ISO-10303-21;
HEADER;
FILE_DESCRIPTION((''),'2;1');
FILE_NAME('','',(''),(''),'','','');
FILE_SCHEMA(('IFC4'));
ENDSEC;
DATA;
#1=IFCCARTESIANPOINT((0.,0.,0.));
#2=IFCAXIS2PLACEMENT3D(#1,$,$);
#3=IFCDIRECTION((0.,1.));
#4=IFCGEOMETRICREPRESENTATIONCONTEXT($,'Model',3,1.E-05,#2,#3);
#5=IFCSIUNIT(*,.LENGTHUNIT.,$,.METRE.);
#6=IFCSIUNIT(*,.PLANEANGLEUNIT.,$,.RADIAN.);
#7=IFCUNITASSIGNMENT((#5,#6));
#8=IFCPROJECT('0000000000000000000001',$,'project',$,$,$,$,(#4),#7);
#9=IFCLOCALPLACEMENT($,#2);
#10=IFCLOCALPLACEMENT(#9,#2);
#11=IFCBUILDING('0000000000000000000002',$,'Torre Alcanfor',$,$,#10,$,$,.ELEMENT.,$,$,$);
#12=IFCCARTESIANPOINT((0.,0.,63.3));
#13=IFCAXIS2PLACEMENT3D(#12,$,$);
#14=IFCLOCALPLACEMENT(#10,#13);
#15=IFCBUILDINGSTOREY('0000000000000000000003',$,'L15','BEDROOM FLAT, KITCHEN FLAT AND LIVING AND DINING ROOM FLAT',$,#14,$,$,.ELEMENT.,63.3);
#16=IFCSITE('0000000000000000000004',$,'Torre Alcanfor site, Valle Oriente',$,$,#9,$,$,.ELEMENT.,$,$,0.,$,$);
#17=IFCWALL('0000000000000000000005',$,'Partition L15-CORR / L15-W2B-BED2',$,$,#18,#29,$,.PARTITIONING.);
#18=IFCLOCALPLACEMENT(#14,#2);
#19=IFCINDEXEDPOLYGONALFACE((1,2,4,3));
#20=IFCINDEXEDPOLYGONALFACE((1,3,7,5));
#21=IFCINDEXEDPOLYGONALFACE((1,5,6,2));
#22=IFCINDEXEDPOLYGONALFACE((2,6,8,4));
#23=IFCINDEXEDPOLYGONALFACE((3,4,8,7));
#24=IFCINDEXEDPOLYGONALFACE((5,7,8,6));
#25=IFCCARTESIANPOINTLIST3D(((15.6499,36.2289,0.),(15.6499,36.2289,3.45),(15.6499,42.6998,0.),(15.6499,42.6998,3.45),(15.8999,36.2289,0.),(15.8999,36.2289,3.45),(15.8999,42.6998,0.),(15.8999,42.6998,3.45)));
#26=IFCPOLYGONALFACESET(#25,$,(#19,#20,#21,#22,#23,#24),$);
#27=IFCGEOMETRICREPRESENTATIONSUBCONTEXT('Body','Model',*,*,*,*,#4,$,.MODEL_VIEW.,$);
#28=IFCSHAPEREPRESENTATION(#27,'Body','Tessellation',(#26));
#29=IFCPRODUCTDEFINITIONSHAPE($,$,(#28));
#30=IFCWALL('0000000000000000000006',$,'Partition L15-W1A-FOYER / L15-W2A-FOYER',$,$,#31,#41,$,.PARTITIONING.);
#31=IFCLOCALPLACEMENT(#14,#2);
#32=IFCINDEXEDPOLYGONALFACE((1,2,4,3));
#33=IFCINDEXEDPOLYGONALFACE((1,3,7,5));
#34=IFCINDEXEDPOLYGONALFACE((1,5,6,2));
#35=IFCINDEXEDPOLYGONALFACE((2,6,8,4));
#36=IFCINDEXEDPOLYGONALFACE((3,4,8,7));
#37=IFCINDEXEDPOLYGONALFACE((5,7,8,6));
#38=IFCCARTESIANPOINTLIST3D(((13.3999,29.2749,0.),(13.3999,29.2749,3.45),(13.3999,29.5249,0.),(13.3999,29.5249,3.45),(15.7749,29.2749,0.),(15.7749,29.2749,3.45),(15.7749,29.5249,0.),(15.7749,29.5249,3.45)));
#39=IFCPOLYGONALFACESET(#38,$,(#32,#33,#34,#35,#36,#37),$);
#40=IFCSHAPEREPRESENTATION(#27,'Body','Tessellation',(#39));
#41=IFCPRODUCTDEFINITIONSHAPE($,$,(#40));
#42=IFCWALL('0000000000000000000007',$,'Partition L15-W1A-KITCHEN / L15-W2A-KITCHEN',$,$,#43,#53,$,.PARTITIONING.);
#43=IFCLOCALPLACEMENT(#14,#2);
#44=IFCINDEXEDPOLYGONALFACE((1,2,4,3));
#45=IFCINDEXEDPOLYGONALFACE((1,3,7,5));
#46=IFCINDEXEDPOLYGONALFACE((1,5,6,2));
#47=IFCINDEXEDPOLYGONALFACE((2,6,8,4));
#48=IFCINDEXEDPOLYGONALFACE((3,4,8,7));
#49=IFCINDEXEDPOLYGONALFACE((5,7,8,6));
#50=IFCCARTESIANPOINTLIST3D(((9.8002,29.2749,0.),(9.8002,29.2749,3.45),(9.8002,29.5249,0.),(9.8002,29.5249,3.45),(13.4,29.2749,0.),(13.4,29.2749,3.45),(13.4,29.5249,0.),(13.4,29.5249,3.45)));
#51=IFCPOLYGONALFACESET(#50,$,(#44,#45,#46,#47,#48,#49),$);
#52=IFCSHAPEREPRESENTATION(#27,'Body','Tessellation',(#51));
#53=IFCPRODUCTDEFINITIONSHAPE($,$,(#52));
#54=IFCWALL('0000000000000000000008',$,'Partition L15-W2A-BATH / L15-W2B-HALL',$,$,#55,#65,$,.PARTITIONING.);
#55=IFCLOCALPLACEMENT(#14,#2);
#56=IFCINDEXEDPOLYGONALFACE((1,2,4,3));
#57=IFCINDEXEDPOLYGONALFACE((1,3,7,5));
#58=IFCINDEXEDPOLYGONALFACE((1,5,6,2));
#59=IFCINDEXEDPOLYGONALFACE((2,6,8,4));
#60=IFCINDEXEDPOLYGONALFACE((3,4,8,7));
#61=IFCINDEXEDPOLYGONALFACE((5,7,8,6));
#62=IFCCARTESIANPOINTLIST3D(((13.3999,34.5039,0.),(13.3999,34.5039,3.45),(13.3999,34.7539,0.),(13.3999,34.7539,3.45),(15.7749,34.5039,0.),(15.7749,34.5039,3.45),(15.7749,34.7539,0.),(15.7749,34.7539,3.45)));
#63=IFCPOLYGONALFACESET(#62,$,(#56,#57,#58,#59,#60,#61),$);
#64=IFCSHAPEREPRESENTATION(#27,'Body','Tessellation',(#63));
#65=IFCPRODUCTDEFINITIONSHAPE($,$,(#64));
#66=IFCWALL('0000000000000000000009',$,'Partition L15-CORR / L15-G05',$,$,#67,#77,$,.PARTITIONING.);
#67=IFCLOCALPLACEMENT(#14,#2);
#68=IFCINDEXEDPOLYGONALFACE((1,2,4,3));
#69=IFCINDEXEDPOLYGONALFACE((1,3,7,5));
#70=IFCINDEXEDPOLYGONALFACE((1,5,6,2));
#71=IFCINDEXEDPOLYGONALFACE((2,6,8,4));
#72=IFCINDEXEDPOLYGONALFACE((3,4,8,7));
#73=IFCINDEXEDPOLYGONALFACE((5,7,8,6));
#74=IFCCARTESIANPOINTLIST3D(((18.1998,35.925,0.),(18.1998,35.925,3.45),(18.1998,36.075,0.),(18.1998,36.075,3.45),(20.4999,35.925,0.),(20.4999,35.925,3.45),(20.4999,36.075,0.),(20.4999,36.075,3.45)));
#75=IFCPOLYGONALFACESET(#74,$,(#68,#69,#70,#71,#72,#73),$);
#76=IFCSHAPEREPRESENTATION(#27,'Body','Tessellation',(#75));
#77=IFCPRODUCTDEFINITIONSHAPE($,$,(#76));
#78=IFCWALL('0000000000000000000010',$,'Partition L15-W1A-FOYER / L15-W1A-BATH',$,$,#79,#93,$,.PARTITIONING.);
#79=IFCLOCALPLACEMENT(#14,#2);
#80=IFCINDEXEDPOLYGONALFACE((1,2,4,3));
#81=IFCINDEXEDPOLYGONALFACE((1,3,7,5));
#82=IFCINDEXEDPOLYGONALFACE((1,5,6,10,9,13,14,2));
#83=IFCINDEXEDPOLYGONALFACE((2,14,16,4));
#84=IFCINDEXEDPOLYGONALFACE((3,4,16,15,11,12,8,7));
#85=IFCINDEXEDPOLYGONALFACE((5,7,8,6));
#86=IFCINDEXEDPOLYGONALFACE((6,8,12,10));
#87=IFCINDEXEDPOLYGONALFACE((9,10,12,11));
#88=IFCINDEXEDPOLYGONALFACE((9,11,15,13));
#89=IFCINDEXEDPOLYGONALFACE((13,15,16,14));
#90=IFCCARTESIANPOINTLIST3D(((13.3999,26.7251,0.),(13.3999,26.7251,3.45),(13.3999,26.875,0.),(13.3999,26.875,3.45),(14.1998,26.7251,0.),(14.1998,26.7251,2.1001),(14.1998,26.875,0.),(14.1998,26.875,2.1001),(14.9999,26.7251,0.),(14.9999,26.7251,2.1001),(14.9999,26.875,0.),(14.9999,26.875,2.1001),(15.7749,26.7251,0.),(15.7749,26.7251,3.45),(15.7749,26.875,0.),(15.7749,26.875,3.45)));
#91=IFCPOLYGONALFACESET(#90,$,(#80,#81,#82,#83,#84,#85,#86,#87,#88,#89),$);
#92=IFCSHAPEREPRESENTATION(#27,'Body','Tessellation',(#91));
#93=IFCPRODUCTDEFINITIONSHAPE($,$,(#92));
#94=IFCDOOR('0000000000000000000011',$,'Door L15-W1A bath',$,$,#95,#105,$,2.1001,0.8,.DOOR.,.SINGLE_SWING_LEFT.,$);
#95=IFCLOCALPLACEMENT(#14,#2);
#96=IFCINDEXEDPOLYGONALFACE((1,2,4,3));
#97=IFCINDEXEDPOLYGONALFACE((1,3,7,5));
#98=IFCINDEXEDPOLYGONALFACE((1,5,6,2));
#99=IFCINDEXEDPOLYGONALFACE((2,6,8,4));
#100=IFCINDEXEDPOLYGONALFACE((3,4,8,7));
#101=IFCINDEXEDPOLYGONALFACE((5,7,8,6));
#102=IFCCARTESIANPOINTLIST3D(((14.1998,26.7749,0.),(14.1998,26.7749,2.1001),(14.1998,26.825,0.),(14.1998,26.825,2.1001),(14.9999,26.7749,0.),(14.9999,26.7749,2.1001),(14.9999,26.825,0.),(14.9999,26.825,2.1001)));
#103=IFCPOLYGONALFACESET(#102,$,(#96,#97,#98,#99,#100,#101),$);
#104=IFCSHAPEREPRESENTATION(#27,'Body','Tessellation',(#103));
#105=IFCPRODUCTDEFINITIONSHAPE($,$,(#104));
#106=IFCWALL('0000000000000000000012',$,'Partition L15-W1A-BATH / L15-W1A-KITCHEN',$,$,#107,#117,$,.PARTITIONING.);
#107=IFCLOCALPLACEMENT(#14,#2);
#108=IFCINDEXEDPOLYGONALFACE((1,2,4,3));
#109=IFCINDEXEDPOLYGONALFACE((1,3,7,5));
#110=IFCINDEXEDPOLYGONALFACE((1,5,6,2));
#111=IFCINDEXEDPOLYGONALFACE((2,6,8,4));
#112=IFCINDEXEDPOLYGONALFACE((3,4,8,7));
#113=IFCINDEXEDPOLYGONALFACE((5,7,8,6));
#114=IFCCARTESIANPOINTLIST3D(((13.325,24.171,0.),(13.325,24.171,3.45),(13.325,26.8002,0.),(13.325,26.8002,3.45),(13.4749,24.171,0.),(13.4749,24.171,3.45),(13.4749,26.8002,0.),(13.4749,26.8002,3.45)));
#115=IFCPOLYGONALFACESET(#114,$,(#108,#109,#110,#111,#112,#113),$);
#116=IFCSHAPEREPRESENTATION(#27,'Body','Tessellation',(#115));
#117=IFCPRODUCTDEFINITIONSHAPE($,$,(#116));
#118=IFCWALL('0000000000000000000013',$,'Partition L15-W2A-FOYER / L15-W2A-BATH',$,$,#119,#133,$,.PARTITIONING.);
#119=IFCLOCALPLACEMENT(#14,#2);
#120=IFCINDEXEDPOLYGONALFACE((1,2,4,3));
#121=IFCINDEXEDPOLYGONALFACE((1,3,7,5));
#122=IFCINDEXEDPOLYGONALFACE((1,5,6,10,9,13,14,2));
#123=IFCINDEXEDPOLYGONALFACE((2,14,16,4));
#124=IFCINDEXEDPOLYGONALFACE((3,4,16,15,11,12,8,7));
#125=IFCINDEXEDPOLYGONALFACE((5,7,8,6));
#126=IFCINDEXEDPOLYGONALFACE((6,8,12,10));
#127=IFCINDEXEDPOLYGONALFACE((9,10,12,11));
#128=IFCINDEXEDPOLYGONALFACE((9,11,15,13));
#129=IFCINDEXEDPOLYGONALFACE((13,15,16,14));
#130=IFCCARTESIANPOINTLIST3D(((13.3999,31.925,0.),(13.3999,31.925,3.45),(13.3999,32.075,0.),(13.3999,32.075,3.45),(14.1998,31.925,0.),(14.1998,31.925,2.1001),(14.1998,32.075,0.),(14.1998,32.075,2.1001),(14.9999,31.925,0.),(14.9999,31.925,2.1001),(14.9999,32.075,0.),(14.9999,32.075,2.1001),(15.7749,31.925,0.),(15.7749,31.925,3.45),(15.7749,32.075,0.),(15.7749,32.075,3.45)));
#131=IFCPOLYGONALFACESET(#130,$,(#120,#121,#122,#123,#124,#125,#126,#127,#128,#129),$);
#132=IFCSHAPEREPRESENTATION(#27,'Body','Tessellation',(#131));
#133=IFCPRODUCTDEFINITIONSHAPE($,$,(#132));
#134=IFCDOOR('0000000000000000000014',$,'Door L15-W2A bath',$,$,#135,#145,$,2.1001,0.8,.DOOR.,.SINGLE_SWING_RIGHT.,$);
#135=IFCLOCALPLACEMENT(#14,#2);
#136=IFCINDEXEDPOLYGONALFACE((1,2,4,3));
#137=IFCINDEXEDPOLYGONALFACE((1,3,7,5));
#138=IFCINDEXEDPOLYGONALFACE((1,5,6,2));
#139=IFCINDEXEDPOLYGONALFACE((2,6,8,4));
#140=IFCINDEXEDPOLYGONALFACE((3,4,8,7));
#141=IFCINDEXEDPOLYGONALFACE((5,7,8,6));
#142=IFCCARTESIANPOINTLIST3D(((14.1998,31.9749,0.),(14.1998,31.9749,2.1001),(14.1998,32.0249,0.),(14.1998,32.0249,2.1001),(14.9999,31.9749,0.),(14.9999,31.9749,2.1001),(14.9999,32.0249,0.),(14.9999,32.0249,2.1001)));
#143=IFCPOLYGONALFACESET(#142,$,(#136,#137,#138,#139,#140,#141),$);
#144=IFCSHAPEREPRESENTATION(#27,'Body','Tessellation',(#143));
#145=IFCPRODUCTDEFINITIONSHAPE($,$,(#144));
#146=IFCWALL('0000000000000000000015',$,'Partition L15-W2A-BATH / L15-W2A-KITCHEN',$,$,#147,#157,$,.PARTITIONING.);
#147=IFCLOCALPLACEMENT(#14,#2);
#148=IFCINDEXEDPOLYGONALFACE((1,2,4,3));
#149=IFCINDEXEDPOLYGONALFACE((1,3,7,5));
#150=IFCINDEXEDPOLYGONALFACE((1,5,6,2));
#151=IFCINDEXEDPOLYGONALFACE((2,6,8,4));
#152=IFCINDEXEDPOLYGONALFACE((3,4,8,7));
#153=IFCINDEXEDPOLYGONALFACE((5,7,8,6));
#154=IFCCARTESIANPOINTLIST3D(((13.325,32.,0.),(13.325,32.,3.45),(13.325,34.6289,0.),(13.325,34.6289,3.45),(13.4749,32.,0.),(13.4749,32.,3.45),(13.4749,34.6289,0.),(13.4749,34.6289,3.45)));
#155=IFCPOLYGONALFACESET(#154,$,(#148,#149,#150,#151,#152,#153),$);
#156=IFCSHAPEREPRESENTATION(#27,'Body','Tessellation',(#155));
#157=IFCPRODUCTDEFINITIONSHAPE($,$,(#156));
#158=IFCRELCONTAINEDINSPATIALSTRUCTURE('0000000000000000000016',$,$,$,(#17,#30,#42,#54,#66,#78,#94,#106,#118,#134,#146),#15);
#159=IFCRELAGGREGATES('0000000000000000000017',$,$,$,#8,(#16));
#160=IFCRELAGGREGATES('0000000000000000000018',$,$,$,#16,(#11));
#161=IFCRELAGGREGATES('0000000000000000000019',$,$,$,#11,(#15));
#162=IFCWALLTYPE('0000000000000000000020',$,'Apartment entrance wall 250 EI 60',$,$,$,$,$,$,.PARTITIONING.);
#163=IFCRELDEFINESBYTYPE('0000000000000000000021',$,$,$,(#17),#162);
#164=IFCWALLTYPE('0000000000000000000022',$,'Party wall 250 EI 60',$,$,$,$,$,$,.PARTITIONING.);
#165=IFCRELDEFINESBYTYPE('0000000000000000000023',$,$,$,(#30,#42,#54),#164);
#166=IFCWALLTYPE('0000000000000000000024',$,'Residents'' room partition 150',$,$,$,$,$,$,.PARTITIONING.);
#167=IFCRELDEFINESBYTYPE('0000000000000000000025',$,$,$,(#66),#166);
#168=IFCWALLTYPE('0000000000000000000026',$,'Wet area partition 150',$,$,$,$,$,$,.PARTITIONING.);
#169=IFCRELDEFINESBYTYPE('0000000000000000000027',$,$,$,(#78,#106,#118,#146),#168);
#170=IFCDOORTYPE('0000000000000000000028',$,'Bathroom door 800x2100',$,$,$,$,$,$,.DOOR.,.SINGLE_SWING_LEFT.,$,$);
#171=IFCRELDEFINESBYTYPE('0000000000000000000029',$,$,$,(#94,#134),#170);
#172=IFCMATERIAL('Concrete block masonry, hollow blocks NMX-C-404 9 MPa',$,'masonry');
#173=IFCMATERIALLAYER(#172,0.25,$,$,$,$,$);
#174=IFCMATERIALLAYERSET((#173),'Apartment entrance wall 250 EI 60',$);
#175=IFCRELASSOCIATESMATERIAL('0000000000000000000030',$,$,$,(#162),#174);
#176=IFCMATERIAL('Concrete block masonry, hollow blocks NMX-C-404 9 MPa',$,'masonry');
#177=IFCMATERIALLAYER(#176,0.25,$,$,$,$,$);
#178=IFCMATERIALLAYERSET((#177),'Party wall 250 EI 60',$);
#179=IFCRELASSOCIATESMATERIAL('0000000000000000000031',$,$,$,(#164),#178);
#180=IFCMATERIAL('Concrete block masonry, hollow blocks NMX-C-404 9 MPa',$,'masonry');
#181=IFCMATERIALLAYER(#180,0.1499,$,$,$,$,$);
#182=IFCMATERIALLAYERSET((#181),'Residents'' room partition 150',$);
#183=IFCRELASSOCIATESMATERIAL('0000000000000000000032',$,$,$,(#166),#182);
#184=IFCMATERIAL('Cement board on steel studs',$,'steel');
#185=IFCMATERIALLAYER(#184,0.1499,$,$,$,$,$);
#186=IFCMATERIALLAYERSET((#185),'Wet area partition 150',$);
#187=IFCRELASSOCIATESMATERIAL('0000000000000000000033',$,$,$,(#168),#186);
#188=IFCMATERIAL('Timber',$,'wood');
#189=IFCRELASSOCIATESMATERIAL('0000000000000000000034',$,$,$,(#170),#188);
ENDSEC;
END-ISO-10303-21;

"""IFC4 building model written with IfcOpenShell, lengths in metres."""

from ifc_helpers import new_model, si_unit, direction, frame, frame_2d, origin, place, context, subcontext, project, spatial, rectangle, extrude, material, layer, layer_set, type_object, element, fill, save


model = new_model("IFC4")

# Units and contexts
model_context = context("Model", 3, precision=1e-05, world=origin(), true_north=direction((0.0, 1.0)))
body_context = subcontext(model_context, "Body", "Model", "MODEL_VIEW")
ifc_project = project(units=[si_unit("LENGTHUNIT", "METRE"), si_unit("PLANEANGLEUNIT", "RADIAN")], contexts=[model_context])

# Site, building, storey
site_placement = place(None, origin())
site = spatial("IfcSite", under=ifc_project, at=site_placement, Name="Torre Alcanfor site, Valle Oriente", CompositionType="ELEMENT", RefElevation=0.0)
building_placement = place(site_placement, origin())
building = spatial("IfcBuilding", under=site, at=building_placement, Name="Torre Alcanfor", CompositionType="ELEMENT")
storey_placement = place(building_placement, frame((0.0, 0.0, 63.3)))
storey = spatial("IfcBuildingStorey", under=building, at=storey_placement, Name="L15", Description="BEDROOM FLAT, KITCHEN FLAT AND LIVING AND DINING ROOM FLAT", CompositionType="ELEMENT", Elevation=63.3)

# Shared definitions
ifc_material_1 = material(Name="Concrete block masonry, hollow blocks NMX-C-404 9 MPa", Category="masonry")
ifc_layer_1 = layer(ifc_material_1, 0.25)
ifc_layer_set_1 = layer_set([ifc_layer_1], Name="Apartment entrance wall 250 EI 60")
wall_type_1 = type_object("IfcWallType", Name="Apartment entrance wall 250 EI 60", PredefinedType="PARTITIONING", material=ifc_layer_set_1)

# Walls
wall_1_placement = place(storey_placement, frame((15.7749, 36.229, 0.0), z_axis=(0.0, 0.0, 1.0), x_axis=(0.0, 1.0, 0.0)))
element("IfcWall", 1, at=wall_1_placement, inside=storey, type_object=wall_type_1, Name="Partition L15-CORR / L15-W2B-BED2", PredefinedType="PARTITIONING", context=body_context, shape_type="SweptSolid", body=[
    extrude(rectangle(XDim=6.4709, YDim=0.25, at=frame_2d((3.2354, 0.0))), origin(), (0.0, 0.0, 1.0), 3.45),
])
ifc_material_2 = material(Name="Concrete block masonry, hollow blocks NMX-C-404 9 MPa", Category="masonry")
ifc_layer_2 = layer(ifc_material_2, 0.25)
ifc_layer_set_2 = layer_set([ifc_layer_2], Name="Party wall 250 EI 60")
wall_type_2 = type_object("IfcWallType", Name="Party wall 250 EI 60", PredefinedType="PARTITIONING", material=ifc_layer_set_2)
wall_2_placement = place(storey_placement, frame((15.7749, 29.3999, 0.0), z_axis=(0.0, 0.0, 1.0), x_axis=(-1.0, 0.0, 0.0)))
element("IfcWall", 2, at=wall_2_placement, inside=storey, type_object=wall_type_2, Name="Partition L15-W1A-FOYER / L15-W2A-FOYER", PredefinedType="PARTITIONING", context=body_context, shape_type="SweptSolid", body=[
    extrude(rectangle(XDim=2.375, YDim=0.25, at=frame_2d((1.1875, 0.0))), origin(), (0.0, 0.0, 1.0), 3.45),
])
wall_3_placement = place(storey_placement, frame((13.3999, 29.3999, 0.0), z_axis=(0.0, 0.0, 1.0), x_axis=(-1.0, 0.0, 0.0)))
element("IfcWall", 3, at=wall_3_placement, inside=storey, type_object=wall_type_2, Name="Partition L15-W1A-KITCHEN / L15-W2A-KITCHEN", PredefinedType="PARTITIONING", context=body_context, shape_type="SweptSolid", body=[
    extrude(rectangle(XDim=3.5999, YDim=0.25, at=frame_2d((1.7998, 0.0))), origin(), (0.0, 0.0, 1.0), 3.45),
])
wall_4_placement = place(storey_placement, frame((13.3999, 34.6289, 0.0), z_axis=(0.0, 0.0, 1.0), x_axis=(1.0, 0.0, 0.0)))
element("IfcWall", 4, at=wall_4_placement, inside=storey, type_object=wall_type_2, Name="Partition L15-W2A-BATH / L15-W2B-HALL", PredefinedType="PARTITIONING", context=body_context, shape_type="SweptSolid", body=[
    extrude(rectangle(XDim=2.375, YDim=0.25, at=frame_2d((1.1875, 0.0))), origin(), (0.0, 0.0, 1.0), 3.45),
])
ifc_material_3 = material(Name="Concrete block masonry, hollow blocks NMX-C-404 9 MPa", Category="masonry")
ifc_layer_3 = layer(ifc_material_3, 0.1499)
ifc_layer_set_3 = layer_set([ifc_layer_3], Name="Residents' room partition 150")
wall_type_3 = type_object("IfcWallType", Name="Residents' room partition 150", PredefinedType="PARTITIONING", material=ifc_layer_set_3)
wall_5_placement = place(storey_placement, frame((18.2, 36.0, 0.0), z_axis=(0.0, 0.0, 1.0), x_axis=(1.0, 0.0, 0.0)))
element("IfcWall", 5, at=wall_5_placement, inside=storey, type_object=wall_type_3, Name="Partition L15-CORR / L15-G05", PredefinedType="PARTITIONING", context=body_context, shape_type="SweptSolid", body=[
    extrude(rectangle(XDim=2.3, YDim=0.1499, at=frame_2d((1.1499, 0.0))), origin(), (0.0, 0.0, 1.0), 3.45),
])

# Wall, opening, door
ifc_material_4 = material(Name="Cement board on steel studs", Category="steel")
ifc_layer_4 = layer(ifc_material_4, 0.1499)
ifc_layer_set_4 = layer_set([ifc_layer_4], Name="Wet area partition 150")
wall_type_4 = type_object("IfcWallType", Name="Wet area partition 150", PredefinedType="PARTITIONING", material=ifc_layer_set_4)
wall_6_placement = place(storey_placement, frame((13.3999, 26.8, 0.0), z_axis=(0.0, 0.0, 1.0), x_axis=(1.0, 0.0, 0.0)))
wall_6 = element("IfcWall", 6, at=wall_6_placement, inside=storey, type_object=wall_type_4, Name="Partition L15-W1A-FOYER / L15-W1A-BATH", PredefinedType="PARTITIONING", context=body_context, shape_type="SweptSolid", body=[
    extrude(rectangle(XDim=2.375, YDim=0.1499, at=frame_2d((1.1875, 0.0))), origin(), (0.0, 0.0, 1.0), 3.45),
])
opening_1_placement = place(wall_6_placement, frame((0.8, 0.0, 0.0)))
opening_1 = element("IfcOpeningElement", 7, at=opening_1_placement, cuts=wall_6, PredefinedType="OPENING", context=body_context, shape_type="SweptSolid", body=[
    extrude(rectangle(XDim=0.8, YDim=2.1001, at=frame_2d((0.3999, 1.05))), frame((0.0, 0.085, 0.0), z_axis=(0.0, -1.0, 0.0), x_axis=(1.0, 0.0, 0.0)), (0.0, 0.0, 1.0), 0.1699),
])
ifc_material_5 = material(Name="Timber", Category="wood")
door_type_1 = type_object("IfcDoorType", Name="Bathroom door 800x2100", OperationType="SINGLE_SWING_LEFT", PredefinedType="DOOR", material=ifc_material_5)
door_1_placement = place(opening_1_placement, frame((0.8, 0.0, 0.0), z_axis=(0.0, 0.0, 1.0), x_axis=(-1.0, 0.0, 0.0)))
door_1 = element("IfcDoor", 8, at=door_1_placement, inside=storey, type_object=door_type_1, Name="Door L15-W1A bath", OperationType="SINGLE_SWING_LEFT", OverallHeight=2.1001, OverallWidth=0.8, PredefinedType="DOOR", context=body_context, shape_type="SweptSolid", body=[
    extrude(rectangle(XDim=0.8, YDim=2.1001, at=frame_2d((0.4001, 1.05))), frame((0.0, 0.0251, 0.0), z_axis=(0.0, -1.0, 0.0), x_axis=(1.0, 0.0, 0.0)), (0.0, 0.0, 1.0), 0.05),
])
fill(opening_1, door_1)

# Wall
wall_7_placement = place(storey_placement, frame((13.3999, 26.8, 0.0), z_axis=(0.0, 0.0, 1.0), x_axis=(0.0, -1.0, 0.0)))
element("IfcWall", 9, at=wall_7_placement, inside=storey, type_object=wall_type_4, Name="Partition L15-W1A-BATH / L15-W1A-KITCHEN", PredefinedType="PARTITIONING", context=body_context, shape_type="SweptSolid", body=[
    extrude(rectangle(XDim=2.6292, YDim=0.1499, at=frame_2d((1.3145, 0.0))), origin(), (0.0, 0.0, 1.0), 3.45),
])

# Wall, opening, door
wall_8_placement = place(storey_placement, frame((13.3999, 32.0, 0.0), z_axis=(0.0, 0.0, 1.0), x_axis=(1.0, 0.0, 0.0)))
wall_8 = element("IfcWall", 10, at=wall_8_placement, inside=storey, type_object=wall_type_4, Name="Partition L15-W2A-FOYER / L15-W2A-BATH", PredefinedType="PARTITIONING", context=body_context, shape_type="SweptSolid", body=[
    extrude(rectangle(XDim=2.375, YDim=0.1499, at=frame_2d((1.1875, 0.0))), origin(), (0.0, 0.0, 1.0), 3.45),
])
opening_2_placement = place(wall_8_placement, frame((0.8, 0.0, 0.0)))
opening_2 = element("IfcOpeningElement", 11, at=opening_2_placement, cuts=wall_8, PredefinedType="OPENING", context=body_context, shape_type="SweptSolid", body=[
    extrude(rectangle(XDim=0.8, YDim=2.1001, at=frame_2d((0.3999, 1.05))), frame((0.0, 0.085, 0.0), z_axis=(0.0, -1.0, 0.0), x_axis=(1.0, 0.0, 0.0)), (0.0, 0.0, 1.0), 0.1699),
])
door_2_placement = place(opening_2_placement, origin())
door_2 = element("IfcDoor", 12, at=door_2_placement, inside=storey, type_object=door_type_1, Name="Door L15-W2A bath", OperationType="SINGLE_SWING_RIGHT", OverallHeight=2.1001, OverallWidth=0.8, PredefinedType="DOOR", context=body_context, shape_type="SweptSolid", body=[
    extrude(rectangle(XDim=0.8, YDim=2.1001, at=frame_2d((0.3999, 1.05))), frame((0.0, 0.0249, 0.0), z_axis=(0.0, -1.0, 0.0), x_axis=(1.0, 0.0, 0.0)), (0.0, 0.0, 1.0), 0.05),
])
fill(opening_2, door_2)

# Wall
wall_9_placement = place(storey_placement, frame((13.3999, 32.0, 0.0), z_axis=(0.0, 0.0, 1.0), x_axis=(0.0, 1.0, 0.0)))
element("IfcWall", 13, at=wall_9_placement, inside=storey, type_object=wall_type_4, Name="Partition L15-W2A-BATH / L15-W2A-KITCHEN", PredefinedType="PARTITIONING", context=body_context, shape_type="SweptSolid", body=[
    extrude(rectangle(XDim=2.6289, YDim=0.1499, at=frame_2d((1.3145, 0.0))), origin(), (0.0, 0.0, 1.0), 3.45),
])

save(model, "model.ifc")
